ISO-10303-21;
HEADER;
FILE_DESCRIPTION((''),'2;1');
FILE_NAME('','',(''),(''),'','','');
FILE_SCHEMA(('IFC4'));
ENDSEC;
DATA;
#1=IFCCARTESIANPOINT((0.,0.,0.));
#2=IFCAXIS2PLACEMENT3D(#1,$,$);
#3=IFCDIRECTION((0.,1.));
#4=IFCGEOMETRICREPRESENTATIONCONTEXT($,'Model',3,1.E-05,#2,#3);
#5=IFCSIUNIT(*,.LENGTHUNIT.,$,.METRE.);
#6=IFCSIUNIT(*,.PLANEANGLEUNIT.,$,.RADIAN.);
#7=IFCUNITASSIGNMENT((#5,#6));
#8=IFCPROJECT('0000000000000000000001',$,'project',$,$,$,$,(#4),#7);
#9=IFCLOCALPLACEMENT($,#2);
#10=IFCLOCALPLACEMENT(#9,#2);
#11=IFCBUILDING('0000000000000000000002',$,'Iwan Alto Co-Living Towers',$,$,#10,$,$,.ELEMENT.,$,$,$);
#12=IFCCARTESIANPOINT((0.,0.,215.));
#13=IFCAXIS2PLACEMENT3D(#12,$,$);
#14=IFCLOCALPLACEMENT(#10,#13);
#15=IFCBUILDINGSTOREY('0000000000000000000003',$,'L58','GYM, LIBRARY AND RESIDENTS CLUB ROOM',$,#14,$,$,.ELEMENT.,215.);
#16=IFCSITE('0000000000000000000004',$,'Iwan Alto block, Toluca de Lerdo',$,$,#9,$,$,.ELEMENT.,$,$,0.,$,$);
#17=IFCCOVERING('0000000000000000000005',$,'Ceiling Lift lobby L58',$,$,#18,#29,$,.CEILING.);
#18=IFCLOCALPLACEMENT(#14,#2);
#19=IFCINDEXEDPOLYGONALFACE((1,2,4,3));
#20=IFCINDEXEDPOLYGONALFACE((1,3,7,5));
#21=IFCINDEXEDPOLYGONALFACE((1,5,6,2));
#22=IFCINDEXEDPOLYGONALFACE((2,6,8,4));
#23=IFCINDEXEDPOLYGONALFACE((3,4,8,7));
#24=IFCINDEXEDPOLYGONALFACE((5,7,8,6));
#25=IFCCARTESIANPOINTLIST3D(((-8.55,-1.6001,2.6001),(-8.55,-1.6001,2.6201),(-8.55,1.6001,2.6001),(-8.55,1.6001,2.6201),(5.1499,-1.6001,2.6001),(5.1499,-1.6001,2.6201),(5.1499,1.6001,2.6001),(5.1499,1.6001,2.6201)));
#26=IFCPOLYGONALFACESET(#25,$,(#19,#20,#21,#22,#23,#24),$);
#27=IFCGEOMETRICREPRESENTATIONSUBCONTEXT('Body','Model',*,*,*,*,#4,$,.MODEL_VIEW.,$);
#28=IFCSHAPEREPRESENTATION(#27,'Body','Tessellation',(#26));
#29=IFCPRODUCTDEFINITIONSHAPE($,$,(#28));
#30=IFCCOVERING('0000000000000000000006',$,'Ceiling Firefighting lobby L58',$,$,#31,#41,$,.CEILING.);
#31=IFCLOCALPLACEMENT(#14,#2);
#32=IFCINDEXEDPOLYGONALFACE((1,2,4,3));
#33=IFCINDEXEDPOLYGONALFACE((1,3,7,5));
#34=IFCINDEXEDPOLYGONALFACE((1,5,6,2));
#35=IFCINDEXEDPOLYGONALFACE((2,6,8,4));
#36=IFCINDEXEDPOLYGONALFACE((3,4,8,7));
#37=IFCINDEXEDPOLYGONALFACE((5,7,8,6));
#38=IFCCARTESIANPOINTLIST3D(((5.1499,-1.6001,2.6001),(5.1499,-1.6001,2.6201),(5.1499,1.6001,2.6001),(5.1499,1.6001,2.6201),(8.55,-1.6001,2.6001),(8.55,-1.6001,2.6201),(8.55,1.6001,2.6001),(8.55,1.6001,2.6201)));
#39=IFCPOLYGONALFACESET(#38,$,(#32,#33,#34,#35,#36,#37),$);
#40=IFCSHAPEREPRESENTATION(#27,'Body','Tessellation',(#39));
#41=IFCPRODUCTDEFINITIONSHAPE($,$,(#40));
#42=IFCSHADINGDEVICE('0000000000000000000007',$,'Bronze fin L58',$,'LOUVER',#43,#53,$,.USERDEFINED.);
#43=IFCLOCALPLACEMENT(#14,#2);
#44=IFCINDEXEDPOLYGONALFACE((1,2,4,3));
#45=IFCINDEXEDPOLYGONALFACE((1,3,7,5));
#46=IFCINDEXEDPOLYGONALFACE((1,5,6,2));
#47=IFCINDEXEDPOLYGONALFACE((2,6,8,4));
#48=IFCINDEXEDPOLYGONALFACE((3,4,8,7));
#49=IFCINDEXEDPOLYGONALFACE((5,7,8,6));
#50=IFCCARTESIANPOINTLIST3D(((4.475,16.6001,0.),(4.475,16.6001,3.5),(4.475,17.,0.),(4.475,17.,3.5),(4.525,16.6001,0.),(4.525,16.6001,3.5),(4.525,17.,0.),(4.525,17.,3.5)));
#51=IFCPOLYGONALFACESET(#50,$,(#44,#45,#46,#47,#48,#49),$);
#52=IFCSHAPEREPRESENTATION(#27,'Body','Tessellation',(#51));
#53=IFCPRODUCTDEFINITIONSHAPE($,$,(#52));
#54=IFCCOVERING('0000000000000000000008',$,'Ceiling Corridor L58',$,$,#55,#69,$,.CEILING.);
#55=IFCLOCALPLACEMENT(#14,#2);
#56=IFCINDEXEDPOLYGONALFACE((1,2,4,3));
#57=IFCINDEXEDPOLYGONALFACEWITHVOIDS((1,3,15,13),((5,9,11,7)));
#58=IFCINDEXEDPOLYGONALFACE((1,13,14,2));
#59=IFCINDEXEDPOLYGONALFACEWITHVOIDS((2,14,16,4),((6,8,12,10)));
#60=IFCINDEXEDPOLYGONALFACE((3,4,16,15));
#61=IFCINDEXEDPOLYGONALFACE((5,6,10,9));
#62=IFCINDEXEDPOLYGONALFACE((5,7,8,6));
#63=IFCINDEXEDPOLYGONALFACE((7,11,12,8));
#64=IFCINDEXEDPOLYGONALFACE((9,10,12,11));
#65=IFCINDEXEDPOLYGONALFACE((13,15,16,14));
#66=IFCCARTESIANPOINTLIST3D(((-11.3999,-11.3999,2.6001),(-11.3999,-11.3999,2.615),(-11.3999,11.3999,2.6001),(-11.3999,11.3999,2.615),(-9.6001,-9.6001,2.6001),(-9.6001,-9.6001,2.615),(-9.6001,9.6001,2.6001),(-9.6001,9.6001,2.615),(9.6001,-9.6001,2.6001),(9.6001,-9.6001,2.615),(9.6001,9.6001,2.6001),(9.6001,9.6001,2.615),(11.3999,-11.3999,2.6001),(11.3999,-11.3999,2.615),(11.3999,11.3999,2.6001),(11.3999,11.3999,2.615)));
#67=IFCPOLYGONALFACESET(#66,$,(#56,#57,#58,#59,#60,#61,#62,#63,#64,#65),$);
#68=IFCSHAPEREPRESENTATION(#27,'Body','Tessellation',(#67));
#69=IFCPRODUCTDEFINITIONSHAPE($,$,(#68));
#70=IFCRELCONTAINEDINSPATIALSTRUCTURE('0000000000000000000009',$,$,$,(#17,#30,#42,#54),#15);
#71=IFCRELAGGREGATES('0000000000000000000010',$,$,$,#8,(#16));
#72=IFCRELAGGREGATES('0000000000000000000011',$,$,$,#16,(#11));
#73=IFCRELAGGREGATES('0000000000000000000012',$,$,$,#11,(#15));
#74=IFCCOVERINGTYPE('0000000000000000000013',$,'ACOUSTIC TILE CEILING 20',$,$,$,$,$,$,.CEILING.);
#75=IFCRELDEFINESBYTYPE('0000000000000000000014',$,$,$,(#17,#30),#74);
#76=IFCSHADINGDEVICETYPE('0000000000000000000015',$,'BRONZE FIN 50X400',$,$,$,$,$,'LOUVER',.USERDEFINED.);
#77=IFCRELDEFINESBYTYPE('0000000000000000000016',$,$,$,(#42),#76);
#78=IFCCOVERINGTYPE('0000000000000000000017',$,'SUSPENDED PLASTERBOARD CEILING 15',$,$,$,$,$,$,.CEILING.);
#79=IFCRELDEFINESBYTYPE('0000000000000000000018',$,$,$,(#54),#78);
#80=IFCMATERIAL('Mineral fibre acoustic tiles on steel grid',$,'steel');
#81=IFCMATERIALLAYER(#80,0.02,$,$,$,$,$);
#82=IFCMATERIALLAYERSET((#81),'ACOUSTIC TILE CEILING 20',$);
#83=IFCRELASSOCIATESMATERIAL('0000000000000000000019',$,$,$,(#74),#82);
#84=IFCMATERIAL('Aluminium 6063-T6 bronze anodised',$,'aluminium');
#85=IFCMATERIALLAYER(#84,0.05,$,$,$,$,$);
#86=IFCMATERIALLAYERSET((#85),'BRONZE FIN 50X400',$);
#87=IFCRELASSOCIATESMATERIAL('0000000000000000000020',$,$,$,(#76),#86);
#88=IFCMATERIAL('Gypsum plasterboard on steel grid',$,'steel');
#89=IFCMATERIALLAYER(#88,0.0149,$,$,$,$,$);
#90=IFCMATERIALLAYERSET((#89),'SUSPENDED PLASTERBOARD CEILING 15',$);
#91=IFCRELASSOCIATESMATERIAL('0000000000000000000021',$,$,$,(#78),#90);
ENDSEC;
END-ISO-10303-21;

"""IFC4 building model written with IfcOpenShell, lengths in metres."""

from ifc_helpers import new_model, si_unit, direction, frame, origin, origin_2d, place, context, subcontext, project, spatial, polyline, rectangle, outline, extrude, material, layer, layer_set, type_object, element, save


model = new_model("IFC4")

# Units and contexts
model_context = context("Model", 3, precision=1e-05, world=origin(), true_north=direction((0.0, 1.0)))
body_context = subcontext(model_context, "Body", "Model", "MODEL_VIEW")
ifc_project = project(units=[si_unit("LENGTHUNIT", "METRE"), si_unit("PLANEANGLEUNIT", "RADIAN")], contexts=[model_context])

# Site, building, storey
site_placement = place(None, origin())
site = spatial("IfcSite", under=ifc_project, at=site_placement, Name="Iwan Alto block, Toluca de Lerdo", CompositionType="ELEMENT", RefElevation=0.0)
building_placement = place(site_placement, origin())
building = spatial("IfcBuilding", under=site, at=building_placement, Name="Iwan Alto Co-Living Towers", CompositionType="ELEMENT")
storey_placement = place(building_placement, frame((0.0, 0.0, 215.0)))
storey = spatial("IfcBuildingStorey", under=building, at=storey_placement, Name="L58", Description="GYM, LIBRARY AND RESIDENTS CLUB ROOM", CompositionType="ELEMENT", Elevation=215.0)

# Coverings
ifc_material_1 = material(Name="Mineral fibre acoustic tiles on steel grid", Category="steel")
ifc_layer_1 = layer(ifc_material_1, 0.02)
ifc_layer_set_1 = layer_set([ifc_layer_1], Name="ACOUSTIC TILE CEILING 20")
covering_type_1 = type_object("IfcCoveringType", Name="ACOUSTIC TILE CEILING 20", PredefinedType="CEILING", material=ifc_layer_set_1)
covering_1_placement = place(storey_placement, frame((0.0, 0.0, 2.6001)))
element("IfcCovering", 1, at=covering_1_placement, inside=storey, type_object=covering_type_1, Name="Ceiling Lift lobby L58", PredefinedType="CEILING", context=body_context, shape_type="SweptSolid", body=[
    extrude(outline(polyline([(-8.55, -1.6001), (-8.55, 1.6001), (5.1499, 1.6001), (5.1499, -1.6001), (-8.55, -1.6001)])), origin(), (0.0, 0.0, 1.0), 0.02),
])
covering_2_placement = place(storey_placement, frame((0.0, 0.0, 2.6001)))
element("IfcCovering", 2, at=covering_2_placement, inside=storey, type_object=covering_type_1, Name="Ceiling Firefighting lobby L58", PredefinedType="CEILING", context=body_context, shape_type="SweptSolid", body=[
    extrude(outline(polyline([(5.1499, -1.6001), (5.1499, 1.6001), (8.55, 1.6001), (8.55, -1.6001), (5.1499, -1.6001)])), origin(), (0.0, 0.0, 1.0), 0.02),
])

# Shading device
ifc_material_2 = material(Name="Aluminium 6063-T6 bronze anodised", Category="aluminium")
ifc_layer_2 = layer(ifc_material_2, 0.05)
ifc_layer_set_2 = layer_set([ifc_layer_2], Name="BRONZE FIN 50X400")
shading_device_type = type_object("IfcShadingDeviceType", Name="BRONZE FIN 50X400", ElementType="LOUVER", PredefinedType="USERDEFINED", material=ifc_layer_set_2)
shading_device_placement = place(storey_placement, frame((4.5, 16.8, 0.0), z_axis=(0.0, 0.0, 1.0), x_axis=(-1.0, 0.0, 0.0)))
element("IfcShadingDevice", 3, at=shading_device_placement, inside=storey, type_object=shading_device_type, Name="Bronze fin L58", ObjectType="LOUVER", PredefinedType="USERDEFINED", context=body_context, shape_type="SweptSolid", body=[
    extrude(rectangle(XDim=0.05, YDim=0.3999, at=origin_2d()), origin(), (0.0, 0.0, 1.0), 3.5),
])

# Covering
ifc_material_3 = material(Name="Gypsum plasterboard on steel grid", Category="steel")
ifc_layer_3 = layer(ifc_material_3, 0.0149)
ifc_layer_set_3 = layer_set([ifc_layer_3], Name="SUSPENDED PLASTERBOARD CEILING 15")
covering_type_2 = type_object("IfcCoveringType", Name="SUSPENDED PLASTERBOARD CEILING 15", PredefinedType="CEILING", material=ifc_layer_set_3)
covering_3_placement = place(storey_placement, frame((0.0, 0.0, 2.6001)))
element("IfcCovering", 4, at=covering_3_placement, inside=storey, type_object=covering_type_2, Name="Ceiling Corridor L58", PredefinedType="CEILING", context=body_context, shape_type="SweptSolid", body=[
    extrude(outline(polyline([(-11.3999, 11.3999), (11.3999, 11.3999), (11.3999, -11.3999), (-11.3999, -11.3999), (-11.3999, 11.3999)]), holes=[polyline([(-9.6001, 9.6001), (-9.6001, -9.6001), (9.6001, -9.6001), (9.6001, 9.6001), (-9.6001, 9.6001)])]), origin(), (0.0, 0.0, 1.0), 0.0149),
])

save(model, "model.ifc")
